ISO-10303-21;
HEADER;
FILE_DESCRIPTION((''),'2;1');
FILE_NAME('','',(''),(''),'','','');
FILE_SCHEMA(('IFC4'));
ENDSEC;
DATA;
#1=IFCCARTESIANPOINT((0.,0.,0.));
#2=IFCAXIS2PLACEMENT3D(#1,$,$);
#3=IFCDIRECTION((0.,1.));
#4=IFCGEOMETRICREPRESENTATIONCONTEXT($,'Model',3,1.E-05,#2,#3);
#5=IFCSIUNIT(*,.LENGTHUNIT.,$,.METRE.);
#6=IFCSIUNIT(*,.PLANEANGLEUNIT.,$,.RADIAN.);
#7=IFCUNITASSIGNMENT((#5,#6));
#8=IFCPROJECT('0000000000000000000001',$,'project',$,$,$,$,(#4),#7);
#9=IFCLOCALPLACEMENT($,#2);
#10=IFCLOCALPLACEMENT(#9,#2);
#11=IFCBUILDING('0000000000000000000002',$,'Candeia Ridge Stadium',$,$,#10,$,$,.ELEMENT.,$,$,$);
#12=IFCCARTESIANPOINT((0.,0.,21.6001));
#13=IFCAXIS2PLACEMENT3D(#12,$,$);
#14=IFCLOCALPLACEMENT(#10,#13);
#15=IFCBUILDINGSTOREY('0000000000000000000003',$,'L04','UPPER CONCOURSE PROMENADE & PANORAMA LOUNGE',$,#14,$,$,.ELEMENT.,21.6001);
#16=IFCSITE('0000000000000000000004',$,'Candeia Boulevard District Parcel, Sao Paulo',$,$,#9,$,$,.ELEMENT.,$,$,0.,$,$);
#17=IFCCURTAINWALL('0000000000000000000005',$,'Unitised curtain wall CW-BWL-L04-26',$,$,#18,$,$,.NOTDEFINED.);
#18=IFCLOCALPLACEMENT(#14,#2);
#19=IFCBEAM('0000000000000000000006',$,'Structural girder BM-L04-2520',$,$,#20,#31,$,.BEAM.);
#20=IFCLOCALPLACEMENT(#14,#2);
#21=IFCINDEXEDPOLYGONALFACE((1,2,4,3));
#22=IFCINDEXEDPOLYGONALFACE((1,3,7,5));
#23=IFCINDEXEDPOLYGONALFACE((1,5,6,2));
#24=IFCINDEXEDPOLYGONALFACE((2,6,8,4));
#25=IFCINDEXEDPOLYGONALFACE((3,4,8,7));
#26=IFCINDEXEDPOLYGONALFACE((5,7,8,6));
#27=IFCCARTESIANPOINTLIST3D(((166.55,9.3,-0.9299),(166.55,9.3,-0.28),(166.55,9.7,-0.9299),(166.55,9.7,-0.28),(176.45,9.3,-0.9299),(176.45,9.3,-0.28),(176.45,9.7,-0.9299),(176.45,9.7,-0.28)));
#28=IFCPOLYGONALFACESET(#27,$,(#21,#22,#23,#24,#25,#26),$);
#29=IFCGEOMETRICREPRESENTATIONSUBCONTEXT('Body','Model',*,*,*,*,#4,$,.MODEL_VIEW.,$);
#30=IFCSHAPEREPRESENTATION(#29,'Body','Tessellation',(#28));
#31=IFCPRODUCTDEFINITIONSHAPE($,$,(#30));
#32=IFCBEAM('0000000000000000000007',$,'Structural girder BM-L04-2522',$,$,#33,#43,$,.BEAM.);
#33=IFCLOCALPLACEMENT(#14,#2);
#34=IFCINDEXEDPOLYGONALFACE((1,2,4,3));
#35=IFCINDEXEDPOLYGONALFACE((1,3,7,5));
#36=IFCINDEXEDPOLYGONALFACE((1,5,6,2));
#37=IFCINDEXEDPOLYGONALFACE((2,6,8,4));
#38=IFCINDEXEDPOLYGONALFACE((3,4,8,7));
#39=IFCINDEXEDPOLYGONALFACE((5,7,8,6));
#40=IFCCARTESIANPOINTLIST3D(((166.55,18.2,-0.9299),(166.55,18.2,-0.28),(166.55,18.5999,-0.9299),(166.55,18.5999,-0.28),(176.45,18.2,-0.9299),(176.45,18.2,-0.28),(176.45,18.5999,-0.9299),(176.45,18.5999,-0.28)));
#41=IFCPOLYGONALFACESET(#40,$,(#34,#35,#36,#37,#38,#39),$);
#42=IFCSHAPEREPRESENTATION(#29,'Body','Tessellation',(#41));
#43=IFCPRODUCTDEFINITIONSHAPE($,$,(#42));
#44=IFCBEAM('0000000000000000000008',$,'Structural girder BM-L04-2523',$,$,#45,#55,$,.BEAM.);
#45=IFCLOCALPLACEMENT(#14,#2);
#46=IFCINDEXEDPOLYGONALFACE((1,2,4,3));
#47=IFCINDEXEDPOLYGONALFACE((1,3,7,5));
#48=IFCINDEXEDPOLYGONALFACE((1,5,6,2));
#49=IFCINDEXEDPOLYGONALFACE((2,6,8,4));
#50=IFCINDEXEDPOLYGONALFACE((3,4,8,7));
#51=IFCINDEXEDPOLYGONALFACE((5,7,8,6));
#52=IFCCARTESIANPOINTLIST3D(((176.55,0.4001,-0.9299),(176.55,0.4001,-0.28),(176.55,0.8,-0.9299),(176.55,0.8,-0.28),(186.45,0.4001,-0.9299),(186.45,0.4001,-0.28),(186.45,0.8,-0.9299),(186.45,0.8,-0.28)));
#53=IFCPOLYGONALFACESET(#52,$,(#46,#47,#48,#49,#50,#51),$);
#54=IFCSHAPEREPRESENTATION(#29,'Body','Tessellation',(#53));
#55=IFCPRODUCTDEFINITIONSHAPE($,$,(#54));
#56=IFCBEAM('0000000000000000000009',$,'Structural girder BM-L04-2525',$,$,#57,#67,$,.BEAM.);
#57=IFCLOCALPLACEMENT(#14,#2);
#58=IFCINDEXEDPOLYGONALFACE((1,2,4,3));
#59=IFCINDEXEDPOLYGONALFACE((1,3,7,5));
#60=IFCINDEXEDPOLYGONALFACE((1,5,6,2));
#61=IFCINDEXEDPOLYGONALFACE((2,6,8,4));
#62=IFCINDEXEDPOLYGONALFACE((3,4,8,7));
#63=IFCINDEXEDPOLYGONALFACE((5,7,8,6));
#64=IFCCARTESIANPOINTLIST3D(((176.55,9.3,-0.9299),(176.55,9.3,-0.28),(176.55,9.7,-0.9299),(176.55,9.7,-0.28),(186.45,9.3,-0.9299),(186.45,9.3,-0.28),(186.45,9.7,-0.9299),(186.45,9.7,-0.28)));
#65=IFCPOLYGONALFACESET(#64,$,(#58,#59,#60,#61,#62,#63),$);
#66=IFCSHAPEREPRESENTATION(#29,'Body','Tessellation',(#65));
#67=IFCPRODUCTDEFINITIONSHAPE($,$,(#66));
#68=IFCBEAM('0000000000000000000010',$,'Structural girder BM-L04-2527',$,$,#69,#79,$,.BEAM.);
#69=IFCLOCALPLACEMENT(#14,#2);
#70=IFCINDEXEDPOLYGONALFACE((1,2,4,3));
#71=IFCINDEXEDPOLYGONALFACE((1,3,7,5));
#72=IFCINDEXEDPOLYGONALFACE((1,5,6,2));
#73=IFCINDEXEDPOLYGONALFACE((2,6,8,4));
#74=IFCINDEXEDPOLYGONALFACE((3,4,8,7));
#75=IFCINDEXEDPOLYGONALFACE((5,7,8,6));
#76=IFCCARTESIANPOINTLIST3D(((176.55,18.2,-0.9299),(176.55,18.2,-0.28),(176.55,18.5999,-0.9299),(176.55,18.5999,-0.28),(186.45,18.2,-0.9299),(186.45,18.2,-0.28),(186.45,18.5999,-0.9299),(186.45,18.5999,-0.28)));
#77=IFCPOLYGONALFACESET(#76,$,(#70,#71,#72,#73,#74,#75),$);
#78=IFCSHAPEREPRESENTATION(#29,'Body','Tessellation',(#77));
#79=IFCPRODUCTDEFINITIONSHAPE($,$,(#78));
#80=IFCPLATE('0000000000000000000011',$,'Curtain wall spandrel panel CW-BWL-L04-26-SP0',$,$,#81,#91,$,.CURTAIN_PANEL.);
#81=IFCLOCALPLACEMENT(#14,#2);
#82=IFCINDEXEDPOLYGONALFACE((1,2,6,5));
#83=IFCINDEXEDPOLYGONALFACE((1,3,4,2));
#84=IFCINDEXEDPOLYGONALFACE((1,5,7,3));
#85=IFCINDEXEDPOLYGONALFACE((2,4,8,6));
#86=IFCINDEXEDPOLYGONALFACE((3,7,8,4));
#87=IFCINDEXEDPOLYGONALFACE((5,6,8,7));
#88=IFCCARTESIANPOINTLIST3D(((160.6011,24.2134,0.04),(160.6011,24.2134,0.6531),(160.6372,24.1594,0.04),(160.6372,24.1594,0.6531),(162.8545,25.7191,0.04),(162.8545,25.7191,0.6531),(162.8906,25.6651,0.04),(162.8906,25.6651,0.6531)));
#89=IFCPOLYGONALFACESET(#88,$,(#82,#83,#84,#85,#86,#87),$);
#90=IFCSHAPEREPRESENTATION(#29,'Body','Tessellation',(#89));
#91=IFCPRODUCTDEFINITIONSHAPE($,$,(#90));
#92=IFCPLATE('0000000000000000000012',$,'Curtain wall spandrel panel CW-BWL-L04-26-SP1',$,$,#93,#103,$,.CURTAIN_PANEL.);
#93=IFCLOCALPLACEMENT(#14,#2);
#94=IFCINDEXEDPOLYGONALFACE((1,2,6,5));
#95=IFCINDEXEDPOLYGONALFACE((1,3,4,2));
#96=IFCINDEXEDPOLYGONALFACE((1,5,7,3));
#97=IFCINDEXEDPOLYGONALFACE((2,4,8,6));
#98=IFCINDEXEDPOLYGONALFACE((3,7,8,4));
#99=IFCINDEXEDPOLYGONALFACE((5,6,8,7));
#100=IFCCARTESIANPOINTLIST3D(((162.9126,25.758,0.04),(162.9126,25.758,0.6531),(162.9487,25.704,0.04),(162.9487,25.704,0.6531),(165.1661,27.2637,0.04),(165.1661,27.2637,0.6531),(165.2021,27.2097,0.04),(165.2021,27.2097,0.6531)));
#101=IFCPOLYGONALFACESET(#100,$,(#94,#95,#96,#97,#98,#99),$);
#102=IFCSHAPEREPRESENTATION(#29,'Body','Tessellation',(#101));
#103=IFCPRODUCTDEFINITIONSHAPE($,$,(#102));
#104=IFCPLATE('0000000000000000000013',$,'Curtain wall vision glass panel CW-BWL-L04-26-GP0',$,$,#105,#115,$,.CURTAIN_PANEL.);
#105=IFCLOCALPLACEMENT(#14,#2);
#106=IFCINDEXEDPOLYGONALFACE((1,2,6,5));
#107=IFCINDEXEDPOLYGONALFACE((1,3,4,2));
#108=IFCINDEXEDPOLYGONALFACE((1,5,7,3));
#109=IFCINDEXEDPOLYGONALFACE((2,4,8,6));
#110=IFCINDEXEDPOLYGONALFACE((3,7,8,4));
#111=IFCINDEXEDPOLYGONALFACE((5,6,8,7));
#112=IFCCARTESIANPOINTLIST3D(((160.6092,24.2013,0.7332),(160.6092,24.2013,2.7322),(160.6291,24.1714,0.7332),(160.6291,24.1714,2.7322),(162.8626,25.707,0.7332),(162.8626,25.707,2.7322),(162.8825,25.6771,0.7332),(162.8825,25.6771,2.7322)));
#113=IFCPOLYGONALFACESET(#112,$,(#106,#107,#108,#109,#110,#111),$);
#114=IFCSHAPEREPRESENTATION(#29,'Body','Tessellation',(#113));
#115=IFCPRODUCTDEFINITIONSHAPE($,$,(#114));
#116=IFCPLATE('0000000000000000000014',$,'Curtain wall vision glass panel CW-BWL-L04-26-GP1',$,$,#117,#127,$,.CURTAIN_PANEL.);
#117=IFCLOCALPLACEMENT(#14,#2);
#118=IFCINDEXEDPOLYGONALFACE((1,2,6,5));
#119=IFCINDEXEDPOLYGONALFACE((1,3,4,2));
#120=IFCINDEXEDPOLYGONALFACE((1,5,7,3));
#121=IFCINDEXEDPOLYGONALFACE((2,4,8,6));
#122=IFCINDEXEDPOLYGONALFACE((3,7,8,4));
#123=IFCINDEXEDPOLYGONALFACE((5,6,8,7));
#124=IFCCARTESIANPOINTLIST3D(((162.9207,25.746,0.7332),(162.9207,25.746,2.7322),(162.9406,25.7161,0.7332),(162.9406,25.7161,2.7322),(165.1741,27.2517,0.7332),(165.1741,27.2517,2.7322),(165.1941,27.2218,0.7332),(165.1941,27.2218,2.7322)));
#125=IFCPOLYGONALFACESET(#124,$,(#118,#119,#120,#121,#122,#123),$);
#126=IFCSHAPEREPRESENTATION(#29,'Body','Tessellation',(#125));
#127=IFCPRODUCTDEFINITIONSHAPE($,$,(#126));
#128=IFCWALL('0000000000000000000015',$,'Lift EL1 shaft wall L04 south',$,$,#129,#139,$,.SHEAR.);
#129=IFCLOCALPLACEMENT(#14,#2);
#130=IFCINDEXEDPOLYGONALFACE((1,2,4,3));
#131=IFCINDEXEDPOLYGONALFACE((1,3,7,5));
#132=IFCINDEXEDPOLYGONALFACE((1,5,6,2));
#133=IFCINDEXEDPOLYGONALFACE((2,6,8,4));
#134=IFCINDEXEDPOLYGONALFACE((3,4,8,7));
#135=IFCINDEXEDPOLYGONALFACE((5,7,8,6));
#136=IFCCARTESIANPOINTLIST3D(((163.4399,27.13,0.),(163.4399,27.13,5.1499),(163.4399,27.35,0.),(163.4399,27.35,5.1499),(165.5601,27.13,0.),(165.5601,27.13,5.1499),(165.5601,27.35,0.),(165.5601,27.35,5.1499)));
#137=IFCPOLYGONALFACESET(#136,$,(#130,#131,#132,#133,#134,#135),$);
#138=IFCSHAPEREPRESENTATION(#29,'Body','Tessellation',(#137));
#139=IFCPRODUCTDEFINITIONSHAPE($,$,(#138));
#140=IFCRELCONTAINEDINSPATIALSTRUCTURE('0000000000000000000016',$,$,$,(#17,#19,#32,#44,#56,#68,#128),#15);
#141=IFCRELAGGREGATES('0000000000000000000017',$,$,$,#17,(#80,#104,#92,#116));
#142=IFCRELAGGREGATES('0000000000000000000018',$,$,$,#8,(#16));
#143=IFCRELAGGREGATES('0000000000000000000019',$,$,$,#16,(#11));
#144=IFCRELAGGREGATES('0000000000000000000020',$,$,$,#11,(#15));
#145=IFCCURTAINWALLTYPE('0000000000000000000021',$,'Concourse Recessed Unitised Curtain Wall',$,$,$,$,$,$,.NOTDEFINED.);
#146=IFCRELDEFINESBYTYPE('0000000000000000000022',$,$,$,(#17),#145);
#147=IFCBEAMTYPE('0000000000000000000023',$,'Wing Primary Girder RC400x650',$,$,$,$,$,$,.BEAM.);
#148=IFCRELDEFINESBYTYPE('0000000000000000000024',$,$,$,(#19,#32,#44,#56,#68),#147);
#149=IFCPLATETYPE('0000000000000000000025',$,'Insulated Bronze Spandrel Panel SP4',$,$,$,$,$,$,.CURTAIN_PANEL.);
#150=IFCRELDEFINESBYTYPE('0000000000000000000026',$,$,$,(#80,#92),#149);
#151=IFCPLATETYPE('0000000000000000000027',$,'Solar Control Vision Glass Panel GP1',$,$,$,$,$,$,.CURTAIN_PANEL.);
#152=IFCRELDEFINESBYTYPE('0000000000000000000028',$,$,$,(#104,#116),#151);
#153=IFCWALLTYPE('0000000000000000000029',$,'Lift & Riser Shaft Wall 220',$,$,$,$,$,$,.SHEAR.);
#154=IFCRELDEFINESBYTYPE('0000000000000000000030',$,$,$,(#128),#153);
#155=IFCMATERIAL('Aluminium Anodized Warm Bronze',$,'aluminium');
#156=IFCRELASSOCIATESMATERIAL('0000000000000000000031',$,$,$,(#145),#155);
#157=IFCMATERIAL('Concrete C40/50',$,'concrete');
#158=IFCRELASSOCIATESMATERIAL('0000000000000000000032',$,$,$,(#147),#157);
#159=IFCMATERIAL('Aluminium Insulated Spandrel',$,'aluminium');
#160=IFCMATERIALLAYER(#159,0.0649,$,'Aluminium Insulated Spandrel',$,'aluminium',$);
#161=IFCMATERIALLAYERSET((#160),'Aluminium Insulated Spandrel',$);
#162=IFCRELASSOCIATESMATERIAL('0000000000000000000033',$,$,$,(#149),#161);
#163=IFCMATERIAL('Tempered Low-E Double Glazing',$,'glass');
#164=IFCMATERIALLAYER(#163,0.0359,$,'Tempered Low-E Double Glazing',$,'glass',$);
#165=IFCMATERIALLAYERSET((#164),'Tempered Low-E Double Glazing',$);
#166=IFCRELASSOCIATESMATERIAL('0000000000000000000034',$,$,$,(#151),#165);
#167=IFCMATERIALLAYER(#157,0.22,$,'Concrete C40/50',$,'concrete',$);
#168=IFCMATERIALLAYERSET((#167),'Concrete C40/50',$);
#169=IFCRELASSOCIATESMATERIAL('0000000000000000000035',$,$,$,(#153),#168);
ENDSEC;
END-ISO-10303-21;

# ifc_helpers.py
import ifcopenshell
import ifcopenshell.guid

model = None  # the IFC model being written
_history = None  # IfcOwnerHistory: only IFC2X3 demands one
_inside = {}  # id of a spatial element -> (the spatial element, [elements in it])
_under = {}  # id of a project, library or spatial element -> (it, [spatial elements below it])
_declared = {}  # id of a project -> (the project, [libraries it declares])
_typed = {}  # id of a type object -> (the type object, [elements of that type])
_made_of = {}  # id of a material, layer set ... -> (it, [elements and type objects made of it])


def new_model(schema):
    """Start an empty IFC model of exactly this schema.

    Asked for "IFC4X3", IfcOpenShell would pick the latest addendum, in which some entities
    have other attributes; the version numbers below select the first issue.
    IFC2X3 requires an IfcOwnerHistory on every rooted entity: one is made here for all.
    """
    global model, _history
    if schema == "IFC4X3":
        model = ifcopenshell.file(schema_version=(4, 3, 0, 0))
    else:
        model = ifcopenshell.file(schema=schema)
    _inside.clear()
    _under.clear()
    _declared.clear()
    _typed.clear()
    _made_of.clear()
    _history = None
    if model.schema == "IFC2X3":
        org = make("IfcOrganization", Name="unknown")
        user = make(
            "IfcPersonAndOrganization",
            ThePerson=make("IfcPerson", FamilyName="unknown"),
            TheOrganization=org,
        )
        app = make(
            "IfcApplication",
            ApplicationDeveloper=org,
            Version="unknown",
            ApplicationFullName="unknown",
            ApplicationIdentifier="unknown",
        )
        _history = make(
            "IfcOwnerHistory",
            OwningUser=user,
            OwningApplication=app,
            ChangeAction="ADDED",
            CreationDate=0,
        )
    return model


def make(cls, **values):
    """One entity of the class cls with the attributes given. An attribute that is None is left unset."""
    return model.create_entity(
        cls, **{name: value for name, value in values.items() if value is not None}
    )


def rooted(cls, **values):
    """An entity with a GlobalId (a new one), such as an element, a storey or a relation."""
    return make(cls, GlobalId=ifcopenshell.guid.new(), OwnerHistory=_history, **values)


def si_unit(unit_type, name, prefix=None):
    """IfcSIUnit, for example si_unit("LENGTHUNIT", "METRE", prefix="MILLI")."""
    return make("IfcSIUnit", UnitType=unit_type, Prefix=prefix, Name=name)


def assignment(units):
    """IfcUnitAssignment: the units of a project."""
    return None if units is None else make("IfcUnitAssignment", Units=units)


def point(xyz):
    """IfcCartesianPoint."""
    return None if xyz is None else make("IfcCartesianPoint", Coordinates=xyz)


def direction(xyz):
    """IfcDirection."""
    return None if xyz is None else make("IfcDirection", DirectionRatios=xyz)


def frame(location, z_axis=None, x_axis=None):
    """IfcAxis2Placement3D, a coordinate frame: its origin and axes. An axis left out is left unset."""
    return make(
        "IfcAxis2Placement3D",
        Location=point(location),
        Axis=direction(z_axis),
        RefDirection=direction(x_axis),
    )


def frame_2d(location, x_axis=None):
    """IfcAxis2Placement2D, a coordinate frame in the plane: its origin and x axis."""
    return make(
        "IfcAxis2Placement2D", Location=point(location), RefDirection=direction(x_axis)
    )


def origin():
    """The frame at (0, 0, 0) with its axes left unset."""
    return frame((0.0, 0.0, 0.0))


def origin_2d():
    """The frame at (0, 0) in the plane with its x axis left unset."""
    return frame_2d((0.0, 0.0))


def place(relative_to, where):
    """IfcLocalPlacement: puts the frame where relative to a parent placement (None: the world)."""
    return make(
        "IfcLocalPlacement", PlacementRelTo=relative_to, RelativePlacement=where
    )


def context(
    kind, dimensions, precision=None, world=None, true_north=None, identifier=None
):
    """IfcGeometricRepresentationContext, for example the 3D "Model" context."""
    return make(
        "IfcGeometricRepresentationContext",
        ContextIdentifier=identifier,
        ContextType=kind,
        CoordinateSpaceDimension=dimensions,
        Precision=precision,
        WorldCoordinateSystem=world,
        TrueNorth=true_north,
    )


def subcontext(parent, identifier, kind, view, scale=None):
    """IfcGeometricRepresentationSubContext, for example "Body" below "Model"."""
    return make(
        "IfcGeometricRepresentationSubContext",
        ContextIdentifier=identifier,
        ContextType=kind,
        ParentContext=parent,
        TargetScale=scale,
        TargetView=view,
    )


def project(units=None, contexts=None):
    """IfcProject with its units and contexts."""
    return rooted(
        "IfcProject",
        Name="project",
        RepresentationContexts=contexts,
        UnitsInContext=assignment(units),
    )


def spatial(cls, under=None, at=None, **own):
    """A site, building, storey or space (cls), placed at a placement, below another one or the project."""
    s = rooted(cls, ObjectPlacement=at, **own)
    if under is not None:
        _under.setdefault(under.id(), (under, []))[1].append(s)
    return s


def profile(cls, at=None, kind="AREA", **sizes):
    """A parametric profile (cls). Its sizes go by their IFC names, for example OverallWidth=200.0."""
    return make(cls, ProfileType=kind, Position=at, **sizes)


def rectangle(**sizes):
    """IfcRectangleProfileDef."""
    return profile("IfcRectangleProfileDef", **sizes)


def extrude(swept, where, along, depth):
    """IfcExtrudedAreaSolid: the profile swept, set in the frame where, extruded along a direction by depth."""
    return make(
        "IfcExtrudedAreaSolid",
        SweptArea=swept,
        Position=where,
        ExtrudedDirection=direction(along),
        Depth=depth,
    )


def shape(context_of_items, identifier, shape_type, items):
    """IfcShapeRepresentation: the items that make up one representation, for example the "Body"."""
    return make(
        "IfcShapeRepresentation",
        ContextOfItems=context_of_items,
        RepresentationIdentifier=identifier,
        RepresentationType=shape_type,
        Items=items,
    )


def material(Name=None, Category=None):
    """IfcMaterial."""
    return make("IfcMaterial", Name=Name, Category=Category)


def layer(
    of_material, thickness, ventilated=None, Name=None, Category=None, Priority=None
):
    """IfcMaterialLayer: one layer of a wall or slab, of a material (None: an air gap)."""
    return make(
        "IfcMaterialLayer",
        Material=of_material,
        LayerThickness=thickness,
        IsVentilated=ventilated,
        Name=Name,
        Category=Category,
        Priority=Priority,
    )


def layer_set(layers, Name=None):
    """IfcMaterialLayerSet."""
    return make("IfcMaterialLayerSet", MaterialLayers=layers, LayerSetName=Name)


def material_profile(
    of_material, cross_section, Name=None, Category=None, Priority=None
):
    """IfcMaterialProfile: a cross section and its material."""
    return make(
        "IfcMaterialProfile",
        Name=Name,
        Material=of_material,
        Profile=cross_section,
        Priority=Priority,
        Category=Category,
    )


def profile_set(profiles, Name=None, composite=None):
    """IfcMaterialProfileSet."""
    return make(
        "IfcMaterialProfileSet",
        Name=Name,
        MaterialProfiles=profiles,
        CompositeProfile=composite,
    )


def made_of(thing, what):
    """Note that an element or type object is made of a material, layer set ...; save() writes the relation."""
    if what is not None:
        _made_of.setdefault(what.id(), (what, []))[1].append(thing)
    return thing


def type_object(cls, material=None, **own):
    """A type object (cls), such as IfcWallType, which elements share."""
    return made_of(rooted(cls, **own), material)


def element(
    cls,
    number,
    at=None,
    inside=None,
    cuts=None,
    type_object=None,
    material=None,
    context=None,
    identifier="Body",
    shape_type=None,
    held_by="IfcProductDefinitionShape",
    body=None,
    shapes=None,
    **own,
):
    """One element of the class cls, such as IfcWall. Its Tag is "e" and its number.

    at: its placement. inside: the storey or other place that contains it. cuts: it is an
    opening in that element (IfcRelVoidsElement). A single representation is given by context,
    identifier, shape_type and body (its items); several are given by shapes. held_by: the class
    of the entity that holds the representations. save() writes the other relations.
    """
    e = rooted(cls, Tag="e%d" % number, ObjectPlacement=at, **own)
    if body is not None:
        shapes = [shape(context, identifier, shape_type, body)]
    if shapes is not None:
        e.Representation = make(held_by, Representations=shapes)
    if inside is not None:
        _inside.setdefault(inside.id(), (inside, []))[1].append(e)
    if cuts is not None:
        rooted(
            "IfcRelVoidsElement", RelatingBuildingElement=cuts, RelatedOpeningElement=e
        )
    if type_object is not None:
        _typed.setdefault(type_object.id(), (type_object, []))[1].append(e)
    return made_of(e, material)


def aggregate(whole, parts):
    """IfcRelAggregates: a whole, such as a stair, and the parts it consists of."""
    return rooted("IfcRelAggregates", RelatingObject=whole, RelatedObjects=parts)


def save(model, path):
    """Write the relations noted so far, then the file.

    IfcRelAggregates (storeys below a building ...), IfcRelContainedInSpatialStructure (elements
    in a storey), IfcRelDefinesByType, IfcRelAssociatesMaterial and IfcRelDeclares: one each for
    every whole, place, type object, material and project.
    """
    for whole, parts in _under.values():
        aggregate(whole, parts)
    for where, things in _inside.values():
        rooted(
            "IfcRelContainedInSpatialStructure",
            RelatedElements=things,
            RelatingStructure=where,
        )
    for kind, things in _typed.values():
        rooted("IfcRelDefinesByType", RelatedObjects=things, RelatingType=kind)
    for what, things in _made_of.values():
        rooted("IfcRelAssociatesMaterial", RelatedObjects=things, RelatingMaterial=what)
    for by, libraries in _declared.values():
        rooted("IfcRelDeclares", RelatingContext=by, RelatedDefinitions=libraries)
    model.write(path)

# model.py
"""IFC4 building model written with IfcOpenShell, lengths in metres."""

from ifc_helpers import new_model, si_unit, direction, frame, frame_2d, origin, origin_2d, place, context, subcontext, project, spatial, rectangle, extrude, material, layer, layer_set, material_profile, profile_set, type_object, element, aggregate, save


model = new_model("IFC4")

# Units and contexts
model_context = context("Model", 3, precision=1e-05, world=origin(), true_north=direction((0.0, 1.0)))
body_context = subcontext(model_context, "Body", "Model", "MODEL_VIEW")
ifc_project = project(units=[si_unit("LENGTHUNIT", "METRE"), si_unit("PLANEANGLEUNIT", "RADIAN")], contexts=[model_context])

# Site, building, storey
site_placement = place(None, origin())
site = spatial("IfcSite", under=ifc_project, at=site_placement, Name="Candeia Boulevard District Parcel, Sao Paulo", CompositionType="ELEMENT", RefElevation=0.0)
building_placement = place(site_placement, origin())
building = spatial("IfcBuilding", under=site, at=building_placement, Name="Candeia Ridge Stadium", CompositionType="ELEMENT")
storey_placement = place(building_placement, frame((0.0, 0.0, 21.6001)))
storey = spatial("IfcBuildingStorey", under=building, at=storey_placement, Name="L04", Description="UPPER CONCOURSE PROMENADE & PANORAMA LOUNGE", CompositionType="ELEMENT", Elevation=21.6001)

# Curtain wall
ifc_material_1 = material(Name="Aluminium Anodized Warm Bronze", Category="aluminium")
curtain_wall_type = type_object("IfcCurtainWallType", Name="Concourse Recessed Unitised Curtain Wall", PredefinedType="NOTDEFINED", material=ifc_material_1)
curtain_wall_placement = place(storey_placement, origin())
curtain_wall = element("IfcCurtainWall", 1, at=curtain_wall_placement, inside=storey, type_object=curtain_wall_type, Name="Unitised curtain wall CW-BWL-L04-26", PredefinedType="NOTDEFINED")

# Beams
ifc_material_2 = material(Name="Concrete C40/50", Category="concrete")
ifc_material_profile_1 = material_profile(ifc_material_2, rectangle(XDim=0.3999, YDim=0.6499, at=origin_2d()), Name="RC400x650", Category="concrete")
ifc_profile_set_1 = profile_set([ifc_material_profile_1], Name="Concrete C40/50")
beam_type_1 = type_object("IfcBeamType", Name="Wing Primary Girder RC400x650", PredefinedType="BEAM", material=ifc_profile_set_1)
for number, where, z_axis, x_axis, name in (
    (2, (166.55, 9.5, -0.605), (1.0, 0.0, 0.0), (0.0, 1.0, 0.0), "Structural girder BM-L04-2520"),
    (3, (166.55, 18.3999, -0.605), (1.0, 0.0, 0.0), (0.0, 1.0, 0.0), "Structural girder BM-L04-2522"),
    (4, (176.55, 0.6001, -0.605), (1.0, 0.0, 0.0), (0.0, 1.0, 0.0), "Structural girder BM-L04-2523"),
    (5, (176.55, 9.5, -0.605), (1.0, 0.0, 0.0), (0.0, 1.0, 0.0), "Structural girder BM-L04-2525"),
    (6, (176.55, 18.3999, -0.605), (1.0, 0.0, 0.0), (0.0, 1.0, 0.0), "Structural girder BM-L04-2527"),
):
    element("IfcBeam", number, at=place(storey_placement, frame(where, z_axis=z_axis, x_axis=x_axis)), inside=storey, type_object=beam_type_1, Name=name, PredefinedType="BEAM", context=body_context, shape_type="SweptSolid", body=[
        extrude(rectangle(XDim=0.3999, YDim=0.6499, at=origin_2d()), origin(), (0.0, 0.0, 1.0), 9.8999),
    ])

# Plates
ifc_material_3 = material(Name="Aluminium Insulated Spandrel", Category="aluminium")
ifc_layer_1 = layer(ifc_material_3, 0.0649, Name="Aluminium Insulated Spandrel", Category="aluminium")
ifc_layer_set_1 = layer_set([ifc_layer_1], Name="Aluminium Insulated Spandrel")
plate_type_1 = type_object("IfcPlateType", Name="Insulated Bronze Spandrel Panel SP4", PredefinedType="CURTAIN_PANEL", material=ifc_layer_set_1)
plate_1_placement = place(storey_placement, frame((161.7458, 24.9392, 0.04), z_axis=(0.0, 0.0, 1.0), x_axis=(0.831469, 0.555571, 0.0)))
plate_1 = element("IfcPlate", 7, at=plate_1_placement, type_object=plate_type_1, Name="Curtain wall spandrel panel CW-BWL-L04-26-SP0", PredefinedType="CURTAIN_PANEL", context=body_context, shape_type="SweptSolid", body=[
    extrude(rectangle(XDim=2.7102, YDim=0.0649, at=origin_2d()), origin(), (0.0, 0.0, 1.0), 0.613),
])
plate_2_placement = place(storey_placement, frame((164.0574, 26.4839, 0.04), z_axis=(0.0, 0.0, 1.0), x_axis=(0.831469, 0.555571, 0.0)))
plate_2 = element("IfcPlate", 8, at=plate_2_placement, type_object=plate_type_1, Name="Curtain wall spandrel panel CW-BWL-L04-26-SP1", PredefinedType="CURTAIN_PANEL", context=body_context, shape_type="SweptSolid", body=[
    extrude(rectangle(XDim=2.7102, YDim=0.0649, at=origin_2d()), origin(), (0.0, 0.0, 1.0), 0.613),
])
ifc_material_4 = material(Name="Tempered Low-E Double Glazing", Category="glass")
ifc_layer_2 = layer(ifc_material_4, 0.0359, Name="Tempered Low-E Double Glazing", Category="glass")
ifc_layer_set_2 = layer_set([ifc_layer_2], Name="Tempered Low-E Double Glazing")
plate_type_2 = type_object("IfcPlateType", Name="Solar Control Vision Glass Panel GP1", PredefinedType="CURTAIN_PANEL", material=ifc_layer_set_2)
plate_3_placement = place(storey_placement, frame((161.7458, 24.9392, 0.7332), z_axis=(0.0, 0.0, 1.0), x_axis=(0.831469, 0.555571, 0.0)))
plate_3 = element("IfcPlate", 9, at=plate_3_placement, type_object=plate_type_2, Name="Curtain wall vision glass panel CW-BWL-L04-26-GP0", PredefinedType="CURTAIN_PANEL", context=body_context, shape_type="SweptSolid", body=[
    extrude(rectangle(XDim=2.7102, YDim=0.0359, at=origin_2d()), origin(), (0.0, 0.0, 1.0), 1.999),
])
plate_4_placement = place(storey_placement, frame((164.0574, 26.4839, 0.7332), z_axis=(0.0, 0.0, 1.0), x_axis=(0.831469, 0.555571, 0.0)))
plate_4 = element("IfcPlate", 10, at=plate_4_placement, type_object=plate_type_2, Name="Curtain wall vision glass panel CW-BWL-L04-26-GP1", PredefinedType="CURTAIN_PANEL", context=body_context, shape_type="SweptSolid", body=[
    extrude(rectangle(XDim=2.7102, YDim=0.0359, at=origin_2d()), origin(), (0.0, 0.0, 1.0), 1.999),
])
aggregate(curtain_wall, [plate_1, plate_3, plate_2, plate_4])

# Wall
ifc_layer_3 = layer(ifc_material_2, 0.22, Name="Concrete C40/50", Category="concrete")
ifc_layer_set_3 = layer_set([ifc_layer_3], Name="Concrete C40/50")
wall_type = type_object("IfcWallType", Name="Lift & Riser Shaft Wall 220", PredefinedType="SHEAR", material=ifc_layer_set_3)
wall_1_placement = place(storey_placement, frame((163.4399, 27.24, 0.0), z_axis=(0.0, 0.0, 1.0), x_axis=(1.0, 0.0, 0.0)))
element("IfcWall", 11, at=wall_1_placement, inside=storey, type_object=wall_type, Name="Lift EL1 shaft wall L04 south", PredefinedType="SHEAR", context=body_context, shape_type="SweptSolid", body=[
    extrude(rectangle(XDim=2.1201, YDim=0.22, at=frame_2d((1.0601, 0.0))), origin(), (0.0, 0.0, 1.0), 5.1499),
])

save(model, "model.ifc")
